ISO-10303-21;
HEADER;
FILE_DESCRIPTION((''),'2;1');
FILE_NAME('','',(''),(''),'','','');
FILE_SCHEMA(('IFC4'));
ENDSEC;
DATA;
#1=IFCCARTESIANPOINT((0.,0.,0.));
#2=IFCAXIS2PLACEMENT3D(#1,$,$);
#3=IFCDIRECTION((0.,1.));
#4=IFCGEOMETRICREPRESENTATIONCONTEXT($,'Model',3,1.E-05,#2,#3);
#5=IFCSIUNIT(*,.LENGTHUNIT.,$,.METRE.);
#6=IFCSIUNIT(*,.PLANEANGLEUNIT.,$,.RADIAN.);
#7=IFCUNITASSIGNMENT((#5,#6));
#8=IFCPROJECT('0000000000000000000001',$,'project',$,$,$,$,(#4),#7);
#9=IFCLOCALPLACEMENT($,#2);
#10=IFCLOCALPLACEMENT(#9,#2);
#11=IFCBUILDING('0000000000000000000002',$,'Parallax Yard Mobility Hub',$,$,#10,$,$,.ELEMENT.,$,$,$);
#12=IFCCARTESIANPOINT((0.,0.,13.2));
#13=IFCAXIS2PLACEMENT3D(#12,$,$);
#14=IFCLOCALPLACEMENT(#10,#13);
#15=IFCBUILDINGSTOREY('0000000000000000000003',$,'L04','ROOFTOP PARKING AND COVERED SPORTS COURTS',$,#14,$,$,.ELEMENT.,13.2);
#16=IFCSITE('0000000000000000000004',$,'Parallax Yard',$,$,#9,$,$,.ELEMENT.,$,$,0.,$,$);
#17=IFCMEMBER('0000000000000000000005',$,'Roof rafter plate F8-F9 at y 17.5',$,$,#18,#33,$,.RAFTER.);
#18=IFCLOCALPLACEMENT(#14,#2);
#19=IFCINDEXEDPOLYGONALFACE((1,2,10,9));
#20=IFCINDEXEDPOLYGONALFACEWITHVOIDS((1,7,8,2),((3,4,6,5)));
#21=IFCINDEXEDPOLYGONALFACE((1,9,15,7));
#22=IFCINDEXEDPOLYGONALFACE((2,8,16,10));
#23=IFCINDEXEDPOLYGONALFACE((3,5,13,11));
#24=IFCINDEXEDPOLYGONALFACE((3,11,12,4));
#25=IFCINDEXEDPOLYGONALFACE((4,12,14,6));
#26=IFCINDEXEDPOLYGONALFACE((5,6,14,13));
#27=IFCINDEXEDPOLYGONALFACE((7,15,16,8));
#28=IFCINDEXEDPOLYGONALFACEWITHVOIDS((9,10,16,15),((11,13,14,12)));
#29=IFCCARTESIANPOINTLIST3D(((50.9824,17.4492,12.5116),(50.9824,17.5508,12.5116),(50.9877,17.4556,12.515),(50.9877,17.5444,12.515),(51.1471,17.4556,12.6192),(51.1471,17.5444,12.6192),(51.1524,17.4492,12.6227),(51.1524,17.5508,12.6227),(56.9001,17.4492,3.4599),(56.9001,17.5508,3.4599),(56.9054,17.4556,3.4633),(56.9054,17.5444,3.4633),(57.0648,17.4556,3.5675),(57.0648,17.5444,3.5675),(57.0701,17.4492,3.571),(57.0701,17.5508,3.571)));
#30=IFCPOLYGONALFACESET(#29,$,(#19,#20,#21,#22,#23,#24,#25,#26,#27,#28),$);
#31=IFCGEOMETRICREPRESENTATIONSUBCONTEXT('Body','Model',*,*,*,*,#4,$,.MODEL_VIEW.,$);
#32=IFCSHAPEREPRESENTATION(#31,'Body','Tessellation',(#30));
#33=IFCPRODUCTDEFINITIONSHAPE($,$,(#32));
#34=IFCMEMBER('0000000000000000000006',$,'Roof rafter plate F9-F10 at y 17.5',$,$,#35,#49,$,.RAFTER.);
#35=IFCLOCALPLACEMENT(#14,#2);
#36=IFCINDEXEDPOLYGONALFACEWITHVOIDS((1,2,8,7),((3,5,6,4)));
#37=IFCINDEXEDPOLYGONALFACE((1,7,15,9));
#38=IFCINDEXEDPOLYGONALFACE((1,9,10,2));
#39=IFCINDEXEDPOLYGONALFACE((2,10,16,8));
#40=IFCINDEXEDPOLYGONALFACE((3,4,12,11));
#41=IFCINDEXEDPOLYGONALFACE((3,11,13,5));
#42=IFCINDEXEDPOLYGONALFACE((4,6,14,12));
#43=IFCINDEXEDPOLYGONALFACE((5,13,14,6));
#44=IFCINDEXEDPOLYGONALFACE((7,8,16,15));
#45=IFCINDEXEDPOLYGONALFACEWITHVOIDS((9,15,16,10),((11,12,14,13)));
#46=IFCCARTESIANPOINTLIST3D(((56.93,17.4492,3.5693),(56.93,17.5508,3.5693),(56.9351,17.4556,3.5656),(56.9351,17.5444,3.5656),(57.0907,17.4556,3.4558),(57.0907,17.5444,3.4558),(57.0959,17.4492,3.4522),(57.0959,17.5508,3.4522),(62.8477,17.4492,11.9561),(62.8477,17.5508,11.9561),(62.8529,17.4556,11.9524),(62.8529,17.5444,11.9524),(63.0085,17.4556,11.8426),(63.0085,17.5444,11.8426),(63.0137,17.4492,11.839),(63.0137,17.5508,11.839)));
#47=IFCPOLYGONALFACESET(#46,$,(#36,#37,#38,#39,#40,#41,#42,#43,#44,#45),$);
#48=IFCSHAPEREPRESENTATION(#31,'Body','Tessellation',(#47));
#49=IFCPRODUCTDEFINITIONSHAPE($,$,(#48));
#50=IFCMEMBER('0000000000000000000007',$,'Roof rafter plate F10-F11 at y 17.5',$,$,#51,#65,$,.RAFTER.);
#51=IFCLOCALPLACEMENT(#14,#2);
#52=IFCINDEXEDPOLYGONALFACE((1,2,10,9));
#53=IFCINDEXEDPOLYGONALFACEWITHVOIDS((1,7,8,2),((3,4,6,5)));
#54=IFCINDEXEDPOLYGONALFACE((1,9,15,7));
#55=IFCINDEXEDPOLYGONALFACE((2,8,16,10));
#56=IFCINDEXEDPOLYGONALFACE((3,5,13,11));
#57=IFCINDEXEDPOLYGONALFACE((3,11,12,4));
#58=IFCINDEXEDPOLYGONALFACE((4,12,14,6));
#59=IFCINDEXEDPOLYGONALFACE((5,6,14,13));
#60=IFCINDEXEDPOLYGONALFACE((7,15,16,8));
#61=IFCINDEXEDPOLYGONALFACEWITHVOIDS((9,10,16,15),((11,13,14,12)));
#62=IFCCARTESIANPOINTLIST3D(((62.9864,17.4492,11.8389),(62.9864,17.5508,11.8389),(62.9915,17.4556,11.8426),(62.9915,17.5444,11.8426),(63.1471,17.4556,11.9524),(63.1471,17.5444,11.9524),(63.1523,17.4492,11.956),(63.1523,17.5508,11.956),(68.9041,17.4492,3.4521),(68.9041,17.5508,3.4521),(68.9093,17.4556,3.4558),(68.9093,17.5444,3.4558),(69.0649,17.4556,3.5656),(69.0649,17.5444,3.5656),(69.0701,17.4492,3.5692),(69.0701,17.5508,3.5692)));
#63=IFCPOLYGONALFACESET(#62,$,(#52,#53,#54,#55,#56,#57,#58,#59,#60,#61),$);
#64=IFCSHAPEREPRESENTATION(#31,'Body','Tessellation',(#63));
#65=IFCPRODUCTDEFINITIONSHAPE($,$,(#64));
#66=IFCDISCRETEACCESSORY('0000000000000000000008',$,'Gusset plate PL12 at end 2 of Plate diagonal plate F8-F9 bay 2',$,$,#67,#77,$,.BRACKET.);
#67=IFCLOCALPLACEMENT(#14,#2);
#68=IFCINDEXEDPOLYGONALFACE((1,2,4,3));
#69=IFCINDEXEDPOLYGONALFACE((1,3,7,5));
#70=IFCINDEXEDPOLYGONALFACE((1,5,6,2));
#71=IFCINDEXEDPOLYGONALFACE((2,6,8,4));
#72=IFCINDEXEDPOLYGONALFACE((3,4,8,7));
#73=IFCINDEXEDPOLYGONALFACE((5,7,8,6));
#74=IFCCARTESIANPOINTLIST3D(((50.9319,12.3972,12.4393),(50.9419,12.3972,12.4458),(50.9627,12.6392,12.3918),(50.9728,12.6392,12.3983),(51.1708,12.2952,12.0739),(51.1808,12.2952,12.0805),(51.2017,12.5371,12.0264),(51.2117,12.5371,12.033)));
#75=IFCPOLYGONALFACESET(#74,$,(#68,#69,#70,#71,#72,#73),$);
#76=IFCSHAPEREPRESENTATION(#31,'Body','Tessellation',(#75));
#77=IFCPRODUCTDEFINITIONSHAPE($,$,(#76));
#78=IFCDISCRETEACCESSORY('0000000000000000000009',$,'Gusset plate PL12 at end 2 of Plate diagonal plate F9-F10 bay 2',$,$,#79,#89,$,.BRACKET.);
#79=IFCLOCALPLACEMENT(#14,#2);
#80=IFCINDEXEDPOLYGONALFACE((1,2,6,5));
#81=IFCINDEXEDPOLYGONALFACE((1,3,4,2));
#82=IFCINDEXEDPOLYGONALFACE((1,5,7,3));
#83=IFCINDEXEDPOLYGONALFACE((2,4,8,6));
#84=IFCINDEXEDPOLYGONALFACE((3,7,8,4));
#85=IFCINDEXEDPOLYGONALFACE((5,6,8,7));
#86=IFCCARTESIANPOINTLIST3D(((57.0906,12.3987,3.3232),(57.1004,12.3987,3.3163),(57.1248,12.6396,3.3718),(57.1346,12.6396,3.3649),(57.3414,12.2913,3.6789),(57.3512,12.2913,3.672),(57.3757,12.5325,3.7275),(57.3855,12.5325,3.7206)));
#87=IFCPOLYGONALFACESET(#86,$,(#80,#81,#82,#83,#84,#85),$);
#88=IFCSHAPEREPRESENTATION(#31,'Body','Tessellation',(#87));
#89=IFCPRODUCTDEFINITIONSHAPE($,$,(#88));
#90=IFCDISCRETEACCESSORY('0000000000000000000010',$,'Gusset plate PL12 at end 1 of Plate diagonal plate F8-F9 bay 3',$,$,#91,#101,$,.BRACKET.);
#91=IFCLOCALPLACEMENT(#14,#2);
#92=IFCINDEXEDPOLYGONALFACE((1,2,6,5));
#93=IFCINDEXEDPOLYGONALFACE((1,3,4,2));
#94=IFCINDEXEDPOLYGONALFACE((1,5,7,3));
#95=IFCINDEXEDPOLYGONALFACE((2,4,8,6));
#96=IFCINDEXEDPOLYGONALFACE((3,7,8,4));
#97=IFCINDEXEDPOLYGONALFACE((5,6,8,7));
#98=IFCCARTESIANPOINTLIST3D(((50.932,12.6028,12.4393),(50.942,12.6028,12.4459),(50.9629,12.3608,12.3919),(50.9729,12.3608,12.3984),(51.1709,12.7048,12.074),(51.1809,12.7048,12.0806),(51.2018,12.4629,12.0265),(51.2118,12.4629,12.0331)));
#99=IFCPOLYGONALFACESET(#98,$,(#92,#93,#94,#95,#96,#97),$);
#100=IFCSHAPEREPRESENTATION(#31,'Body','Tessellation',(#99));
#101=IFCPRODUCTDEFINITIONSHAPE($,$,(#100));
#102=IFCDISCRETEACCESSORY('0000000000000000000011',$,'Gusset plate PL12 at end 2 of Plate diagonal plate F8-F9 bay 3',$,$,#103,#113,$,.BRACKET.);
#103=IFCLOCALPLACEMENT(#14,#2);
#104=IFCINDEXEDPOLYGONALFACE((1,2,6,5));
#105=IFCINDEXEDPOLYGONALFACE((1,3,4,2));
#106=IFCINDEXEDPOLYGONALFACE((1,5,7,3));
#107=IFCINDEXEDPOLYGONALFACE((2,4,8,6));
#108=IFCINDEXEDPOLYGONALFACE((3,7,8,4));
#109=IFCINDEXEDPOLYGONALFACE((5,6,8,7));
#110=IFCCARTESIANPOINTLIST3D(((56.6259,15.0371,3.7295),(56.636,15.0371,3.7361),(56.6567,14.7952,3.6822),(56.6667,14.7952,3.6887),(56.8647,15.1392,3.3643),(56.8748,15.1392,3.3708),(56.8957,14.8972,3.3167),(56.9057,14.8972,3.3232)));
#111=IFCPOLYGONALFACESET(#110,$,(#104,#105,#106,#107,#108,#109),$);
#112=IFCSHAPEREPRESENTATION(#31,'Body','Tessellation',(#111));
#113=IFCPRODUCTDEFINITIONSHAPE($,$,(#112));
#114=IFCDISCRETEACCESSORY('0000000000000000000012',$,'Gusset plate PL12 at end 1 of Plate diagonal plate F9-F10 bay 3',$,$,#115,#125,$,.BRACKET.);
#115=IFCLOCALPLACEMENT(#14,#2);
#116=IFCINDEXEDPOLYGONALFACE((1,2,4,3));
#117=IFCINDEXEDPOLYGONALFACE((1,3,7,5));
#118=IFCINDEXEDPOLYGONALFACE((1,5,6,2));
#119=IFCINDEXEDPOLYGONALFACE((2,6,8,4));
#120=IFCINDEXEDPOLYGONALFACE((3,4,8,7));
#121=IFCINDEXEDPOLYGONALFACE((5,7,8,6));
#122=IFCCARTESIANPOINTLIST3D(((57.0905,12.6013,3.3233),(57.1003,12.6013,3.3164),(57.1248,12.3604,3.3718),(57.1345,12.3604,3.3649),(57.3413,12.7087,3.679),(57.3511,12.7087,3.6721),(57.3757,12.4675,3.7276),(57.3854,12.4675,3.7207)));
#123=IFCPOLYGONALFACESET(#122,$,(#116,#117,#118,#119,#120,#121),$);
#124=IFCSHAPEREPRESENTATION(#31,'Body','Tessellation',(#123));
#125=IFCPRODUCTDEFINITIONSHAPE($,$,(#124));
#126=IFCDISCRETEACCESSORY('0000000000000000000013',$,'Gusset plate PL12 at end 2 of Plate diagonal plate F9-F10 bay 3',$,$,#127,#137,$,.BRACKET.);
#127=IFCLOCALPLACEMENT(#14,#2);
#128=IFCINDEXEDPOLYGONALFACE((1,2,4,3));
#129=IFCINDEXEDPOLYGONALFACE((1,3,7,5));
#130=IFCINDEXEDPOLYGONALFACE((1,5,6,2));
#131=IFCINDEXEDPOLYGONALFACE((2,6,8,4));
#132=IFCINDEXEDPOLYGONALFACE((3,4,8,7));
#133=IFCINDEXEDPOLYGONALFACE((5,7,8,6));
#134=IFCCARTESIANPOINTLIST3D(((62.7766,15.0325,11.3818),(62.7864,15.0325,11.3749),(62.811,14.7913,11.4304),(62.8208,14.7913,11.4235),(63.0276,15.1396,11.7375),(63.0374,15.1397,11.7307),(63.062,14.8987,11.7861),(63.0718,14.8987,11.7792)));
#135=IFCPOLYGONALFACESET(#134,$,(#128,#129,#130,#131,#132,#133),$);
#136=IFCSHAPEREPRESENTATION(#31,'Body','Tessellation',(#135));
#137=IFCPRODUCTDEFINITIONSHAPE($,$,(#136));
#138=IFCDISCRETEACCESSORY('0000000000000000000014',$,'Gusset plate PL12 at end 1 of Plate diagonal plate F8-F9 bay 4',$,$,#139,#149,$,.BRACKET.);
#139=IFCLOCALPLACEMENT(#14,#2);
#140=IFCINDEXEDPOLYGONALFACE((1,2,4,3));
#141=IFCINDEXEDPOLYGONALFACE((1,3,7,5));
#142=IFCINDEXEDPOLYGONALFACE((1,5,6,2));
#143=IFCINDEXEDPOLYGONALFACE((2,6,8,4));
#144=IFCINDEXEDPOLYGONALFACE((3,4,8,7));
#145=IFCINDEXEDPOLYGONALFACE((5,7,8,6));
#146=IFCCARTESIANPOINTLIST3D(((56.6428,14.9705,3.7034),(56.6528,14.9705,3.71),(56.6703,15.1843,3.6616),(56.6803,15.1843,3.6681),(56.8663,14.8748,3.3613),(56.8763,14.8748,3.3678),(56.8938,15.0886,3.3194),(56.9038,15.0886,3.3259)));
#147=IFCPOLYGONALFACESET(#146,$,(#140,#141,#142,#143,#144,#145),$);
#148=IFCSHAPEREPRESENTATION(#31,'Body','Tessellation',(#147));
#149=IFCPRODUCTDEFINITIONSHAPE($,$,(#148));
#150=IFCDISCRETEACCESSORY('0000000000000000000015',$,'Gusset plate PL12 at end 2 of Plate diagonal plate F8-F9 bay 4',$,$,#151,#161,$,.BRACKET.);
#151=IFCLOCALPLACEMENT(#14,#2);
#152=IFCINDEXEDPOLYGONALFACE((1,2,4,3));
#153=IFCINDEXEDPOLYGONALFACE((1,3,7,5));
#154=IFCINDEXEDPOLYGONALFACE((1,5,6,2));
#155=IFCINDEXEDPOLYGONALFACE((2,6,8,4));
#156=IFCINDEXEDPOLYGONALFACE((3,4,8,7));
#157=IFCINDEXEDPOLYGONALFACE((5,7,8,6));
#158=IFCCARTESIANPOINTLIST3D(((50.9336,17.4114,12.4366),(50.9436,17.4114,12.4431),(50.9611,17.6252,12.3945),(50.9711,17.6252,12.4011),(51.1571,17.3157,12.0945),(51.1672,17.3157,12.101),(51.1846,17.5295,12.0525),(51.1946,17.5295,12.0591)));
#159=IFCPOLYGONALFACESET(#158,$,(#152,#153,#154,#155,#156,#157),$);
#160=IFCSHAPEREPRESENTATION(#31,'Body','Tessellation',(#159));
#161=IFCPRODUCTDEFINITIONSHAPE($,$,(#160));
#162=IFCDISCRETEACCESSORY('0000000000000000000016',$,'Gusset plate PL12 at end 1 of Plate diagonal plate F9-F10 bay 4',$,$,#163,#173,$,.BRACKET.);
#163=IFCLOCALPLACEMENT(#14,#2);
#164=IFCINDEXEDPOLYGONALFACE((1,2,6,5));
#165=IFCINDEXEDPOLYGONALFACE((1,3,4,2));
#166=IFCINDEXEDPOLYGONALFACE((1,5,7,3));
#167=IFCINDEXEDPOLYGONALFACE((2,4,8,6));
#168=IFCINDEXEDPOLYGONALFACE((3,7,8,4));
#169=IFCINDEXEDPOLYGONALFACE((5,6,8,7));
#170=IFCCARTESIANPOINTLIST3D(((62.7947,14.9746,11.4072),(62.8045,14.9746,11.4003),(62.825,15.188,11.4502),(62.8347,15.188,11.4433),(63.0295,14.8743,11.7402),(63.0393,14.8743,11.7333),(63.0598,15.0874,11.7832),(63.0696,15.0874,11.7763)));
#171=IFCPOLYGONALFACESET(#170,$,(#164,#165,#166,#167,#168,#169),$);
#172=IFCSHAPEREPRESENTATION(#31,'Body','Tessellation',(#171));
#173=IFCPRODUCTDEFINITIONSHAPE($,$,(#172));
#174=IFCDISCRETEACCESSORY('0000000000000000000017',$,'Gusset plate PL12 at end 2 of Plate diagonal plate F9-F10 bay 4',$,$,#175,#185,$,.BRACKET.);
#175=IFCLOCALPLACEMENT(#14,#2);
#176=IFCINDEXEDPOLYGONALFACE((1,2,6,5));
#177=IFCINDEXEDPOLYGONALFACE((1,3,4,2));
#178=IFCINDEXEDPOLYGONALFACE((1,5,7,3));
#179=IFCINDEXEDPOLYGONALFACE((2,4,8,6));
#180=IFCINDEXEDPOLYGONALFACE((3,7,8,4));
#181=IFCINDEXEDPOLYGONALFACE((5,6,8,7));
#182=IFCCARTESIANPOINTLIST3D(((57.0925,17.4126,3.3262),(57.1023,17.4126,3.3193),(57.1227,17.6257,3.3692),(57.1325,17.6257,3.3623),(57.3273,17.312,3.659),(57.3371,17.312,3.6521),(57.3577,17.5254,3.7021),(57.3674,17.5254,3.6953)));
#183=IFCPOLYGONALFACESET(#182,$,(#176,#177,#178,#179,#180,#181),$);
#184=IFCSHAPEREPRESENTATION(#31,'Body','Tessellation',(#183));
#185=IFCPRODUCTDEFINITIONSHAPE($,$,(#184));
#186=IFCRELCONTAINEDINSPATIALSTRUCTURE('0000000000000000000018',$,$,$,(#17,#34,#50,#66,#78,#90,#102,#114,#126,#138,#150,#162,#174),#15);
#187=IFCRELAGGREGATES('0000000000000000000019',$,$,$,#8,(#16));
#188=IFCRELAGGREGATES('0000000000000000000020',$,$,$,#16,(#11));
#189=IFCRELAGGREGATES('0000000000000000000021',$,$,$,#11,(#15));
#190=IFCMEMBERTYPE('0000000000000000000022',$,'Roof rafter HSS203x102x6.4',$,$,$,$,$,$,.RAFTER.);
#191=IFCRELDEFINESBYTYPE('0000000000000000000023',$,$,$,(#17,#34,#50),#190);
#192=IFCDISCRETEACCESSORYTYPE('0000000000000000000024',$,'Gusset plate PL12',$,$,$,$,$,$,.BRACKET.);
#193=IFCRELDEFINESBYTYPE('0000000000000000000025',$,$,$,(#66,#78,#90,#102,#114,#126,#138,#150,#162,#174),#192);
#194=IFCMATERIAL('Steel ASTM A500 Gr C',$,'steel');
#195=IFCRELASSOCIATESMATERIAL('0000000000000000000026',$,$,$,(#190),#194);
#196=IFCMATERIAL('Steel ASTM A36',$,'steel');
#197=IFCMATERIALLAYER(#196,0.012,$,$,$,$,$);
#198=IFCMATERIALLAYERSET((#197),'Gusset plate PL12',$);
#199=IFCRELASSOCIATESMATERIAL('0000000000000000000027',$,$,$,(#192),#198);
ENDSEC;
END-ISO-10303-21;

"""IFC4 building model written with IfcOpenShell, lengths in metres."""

from ifc_helpers import new_model, si_unit, direction, frame, origin, origin_2d, place, context, subcontext, project, spatial, polyline, hollow_rectangle, outline, extrude, material, layer, layer_set, material_profile, profile_set, type_object, element, save


model = new_model("IFC4")

# Units and contexts
model_context = context("Model", 3, precision=1e-05, world=origin(), true_north=direction((0.0, 1.0)))
body_context = subcontext(model_context, "Body", "Model", "MODEL_VIEW")
ifc_project = project(units=[si_unit("LENGTHUNIT", "METRE"), si_unit("PLANEANGLEUNIT", "RADIAN")], contexts=[model_context])

# Site, building, storey
site_placement = place(None, origin())
site = spatial("IfcSite", under=ifc_project, at=site_placement, Name="Parallax Yard", CompositionType="ELEMENT", RefElevation=0.0)
building_placement = place(site_placement, origin())
building = spatial("IfcBuilding", under=site, at=building_placement, Name="Parallax Yard Mobility Hub", CompositionType="ELEMENT")
storey_placement = place(building_placement, frame((0.0, 0.0, 13.2)))
storey = spatial("IfcBuildingStorey", under=building, at=storey_placement, Name="L04", Description="ROOFTOP PARKING AND COVERED SPORTS COURTS", CompositionType="ELEMENT", Elevation=13.2)

# Members
ifc_material_1 = material(Name="Steel ASTM A500 Gr C", Category="steel")
ifc_material_profile_1 = material_profile(ifc_material_1, hollow_rectangle(XDim=0.1016, YDim=0.2031, WallThickness=0.0063, at=origin_2d()), Name="HSS203x102x6.4")
ifc_profile_set_1 = profile_set([ifc_material_profile_1], Name="Steel ASTM A500 Gr C")
member_type_1 = type_object("IfcMemberType", Name="Roof rafter HSS203x102x6.4", PredefinedType="RAFTER", material=ifc_profile_set_1)
member_1_placement = place(storey_placement, frame((51.0674, 17.5, 12.5671), z_axis=(0.547202, 0.0, -0.837001), x_axis=(0.0, 1.0, 0.0)))
element("IfcMember", 1, at=member_1_placement, inside=storey, type_object=member_type_1, Name="Roof rafter plate F8-F9 at y 17.5", PredefinedType="RAFTER", context=body_context, shape_type="SweptSolid", body=[
    extrude(hollow_rectangle(XDim=0.1016, YDim=0.2031, WallThickness=0.0063, at=origin_2d()), origin(), (0.0, 0.0, 1.0), 10.8145),
])
for number, where, z_axis, x_axis, name in (
    (2, (57.0129, 17.5, 3.5107), (0.576533, 0.0, 0.817074), (0.0, 1.0, 0.0), "Roof rafter plate F9-F10 at y 17.5"),
    (3, (63.0693, 17.5, 11.8975), (0.576533, 0.0, -0.817074), (0.0, 1.0, 0.0), "Roof rafter plate F10-F11 at y 17.5"),
):
    element("IfcMember", number, at=place(storey_placement, frame(where, z_axis=z_axis, x_axis=x_axis)), inside=storey, type_object=member_type_1, Name=name, PredefinedType="RAFTER", context=body_context, shape_type="SweptSolid", body=[
        extrude(hollow_rectangle(XDim=0.1016, YDim=0.2031, WallThickness=0.0063, at=origin_2d()), origin(), (0.0, 0.0, 1.0), 10.2644),
    ])

# Discrete accessories
ifc_material_2 = material(Name="Steel ASTM A36", Category="steel")
ifc_layer = layer(ifc_material_2, 0.012)
ifc_layer_set = layer_set([ifc_layer], Name="Gusset plate PL12")
discrete_accessory_type = type_object("IfcDiscreteAccessoryType", Name="Gusset plate PL12", PredefinedType="BRACKET", material=ifc_layer_set)
discrete_accessory_1_placement = place(storey_placement, frame((51.2117, 12.5371, 12.033), z_axis=(0.837034, 0.000541, 0.547151), x_axis=(-0.532891, 0.227624, 0.814994)))
element("IfcDiscreteAccessory", 4, at=discrete_accessory_1_placement, inside=storey, type_object=discrete_accessory_type, Name="Gusset plate PL12 at end 2 of Plate diagonal plate F8-F9 bay 2", PredefinedType="BRACKET", context=body_context, shape_type="SweptSolid", body=[
    extrude(outline(polyline([(0.0, 0.0), (0.4483, 0.0), (0.4484, 0.2485), (0.0001, 0.2485), (0.0, 0.0)])), origin(), (0.0, 0.0, -1.0), 0.012),
])
discrete_accessory_2_placement = place(storey_placement, frame((57.3757, 12.5325, 3.7275), z_axis=(-0.817206, 0.000126, 0.576345), x_axis=(-0.55961, 0.239055, -0.79353)))
element("IfcDiscreteAccessory", 5, at=discrete_accessory_2_placement, inside=storey, type_object=discrete_accessory_type, Name="Gusset plate PL12 at end 2 of Plate diagonal plate F9-F10 bay 2", PredefinedType="BRACKET", context=body_context, shape_type="SweptSolid", body=[
    extrude(outline(polyline([(0.0, 0.0), (0.4483, 0.0), (0.4484, 0.2482), (0.0002, 0.2485), (0.0, 0.0)])), origin(), (0.0, 0.0, -1.0), 0.012),
])
discrete_accessory_3_placement = place(storey_placement, frame((51.1809, 12.7048, 12.0806), z_axis=(0.837034, -0.000541, 0.547151), x_axis=(-0.532886, -0.227659, 0.814987)))
element("IfcDiscreteAccessory", 6, at=discrete_accessory_3_placement, inside=storey, type_object=discrete_accessory_type, Name="Gusset plate PL12 at end 1 of Plate diagonal plate F8-F9 bay 3", PredefinedType="BRACKET", context=body_context, shape_type="SweptSolid", body=[
    extrude(outline(polyline([(0.0, 0.0), (0.4483, 0.0), (0.4482, 0.2485), (-0.0001, 0.2485), (0.0, 0.0)])), origin(), (0.0, 0.0, -1.0), 0.012),
])
discrete_accessory_4_placement = place(storey_placement, frame((56.6667, 14.7952, 3.6887), z_axis=(0.837034, -0.000541, 0.547151), x_axis=(0.532899, 0.227558, -0.815006)))
element("IfcDiscreteAccessory", 7, at=discrete_accessory_4_placement, inside=storey, type_object=discrete_accessory_type, Name="Gusset plate PL12 at end 2 of Plate diagonal plate F8-F9 bay 3", PredefinedType="BRACKET", context=body_context, shape_type="SweptSolid", body=[
    extrude(outline(polyline([(0.0, 0.0), (0.4485, 0.0), (0.4482, 0.2485), (0.0001, 0.2484), (0.0, 0.0)])), origin(), (0.0, 0.0, -1.0), 0.012),
])
discrete_accessory_5_placement = place(storey_placement, frame((57.3413, 12.7087, 3.679), z_axis=(-0.817206, -0.000126, 0.576345), x_axis=(-0.559527, -0.239641, -0.793412)))
element("IfcDiscreteAccessory", 8, at=discrete_accessory_5_placement, inside=storey, type_object=discrete_accessory_type, Name="Gusset plate PL12 at end 1 of Plate diagonal plate F9-F10 bay 3", PredefinedType="BRACKET", context=body_context, shape_type="SweptSolid", body=[
    extrude(outline(polyline([(0.0, 0.0), (0.4483, 0.0), (0.4483, 0.2482), (0.0, 0.2485), (0.0, 0.0)])), origin(), (0.0, 0.0, -1.0), 0.012),
])
discrete_accessory_6_placement = place(storey_placement, frame((62.811, 14.7913, 11.4304), z_axis=(-0.817026, -0.000463, 0.5766), x_axis=(0.559719, 0.239568, 0.793298)))
element("IfcDiscreteAccessory", 9, at=discrete_accessory_6_placement, inside=storey, type_object=discrete_accessory_type, Name="Gusset plate PL12 at end 2 of Plate diagonal plate F9-F10 bay 3", PredefinedType="BRACKET", context=body_context, shape_type="SweptSolid", body=[
    extrude(outline(polyline([(0.0, 0.0), (0.4484, 0.0), (0.4483, 0.2482), (0.0, 0.2485), (0.0, 0.0)])), origin(), (0.0, 0.0, -1.0), 0.012),
])
discrete_accessory_7_placement = place(storey_placement, frame((56.6528, 14.9705, 3.71), z_axis=(0.837152, -0.000427, 0.546971), x_axis=(0.532481, -0.228018, -0.815152)))
element("IfcDiscreteAccessory", 10, at=discrete_accessory_7_placement, inside=storey, type_object=discrete_accessory_type, Name="Gusset plate PL12 at end 1 of Plate diagonal plate F8-F9 bay 4", PredefinedType="BRACKET", context=body_context, shape_type="SweptSolid", body=[
    extrude(outline(polyline([(0.0, 0.0), (0.4197, 0.0), (0.4197, 0.2197), (0.0, 0.2196), (0.0, 0.0)])), origin(), (0.0, 0.0, -1.0), 0.012),
])
discrete_accessory_8_placement = place(storey_placement, frame((51.1946, 17.5295, 12.0591), z_axis=(0.837105, -0.000095, 0.547043), x_axis=(-0.532605, 0.228089, 0.815051)))
element("IfcDiscreteAccessory", 11, at=discrete_accessory_8_placement, inside=storey, type_object=discrete_accessory_type, Name="Gusset plate PL12 at end 2 of Plate diagonal plate F8-F9 bay 4", PredefinedType="BRACKET", context=body_context, shape_type="SweptSolid", body=[
    extrude(outline(polyline([(0.0, 0.0), (0.4196, 0.0), (0.4197, 0.2197), (0.0, 0.2197), (0.0, 0.0)])), origin(), (0.0, 0.0, -1.0), 0.012),
])
discrete_accessory_9_placement = place(storey_placement, frame((62.7947, 14.9746, 11.4072), z_axis=(-0.817216, -0.000114, 0.576331), x_axis=(0.559637, -0.239097, 0.793498)))
element("IfcDiscreteAccessory", 12, at=discrete_accessory_9_placement, inside=storey, type_object=discrete_accessory_type, Name="Gusset plate PL12 at end 1 of Plate diagonal plate F9-F10 bay 4", PredefinedType="BRACKET", context=body_context, shape_type="SweptSolid", body=[
    extrude(outline(polyline([(0.0, 0.0), (0.4197, 0.0), (0.4197, 0.2195), (0.0, 0.2198), (0.0, 0.0)])), origin(), (0.0, 0.0, -1.0), 0.012),
])
discrete_accessory_10_placement = place(storey_placement, frame((57.3577, 17.5254, 3.7021), z_axis=(-0.817167, -0.000465, 0.576401), x_axis=(-0.559774, 0.239096, -0.793401)))
element("IfcDiscreteAccessory", 13, at=discrete_accessory_10_placement, inside=storey, type_object=discrete_accessory_type, Name="Gusset plate PL12 at end 2 of Plate diagonal plate F9-F10 bay 4", PredefinedType="BRACKET", context=body_context, shape_type="SweptSolid", body=[
    extrude(outline(polyline([(0.0, 0.0), (0.4197, 0.0), (0.4197, 0.2195), (0.0002, 0.2198), (0.0, 0.0)])), origin(), (0.0, 0.0, -1.0), 0.012),
])

save(model, "model.ifc")
